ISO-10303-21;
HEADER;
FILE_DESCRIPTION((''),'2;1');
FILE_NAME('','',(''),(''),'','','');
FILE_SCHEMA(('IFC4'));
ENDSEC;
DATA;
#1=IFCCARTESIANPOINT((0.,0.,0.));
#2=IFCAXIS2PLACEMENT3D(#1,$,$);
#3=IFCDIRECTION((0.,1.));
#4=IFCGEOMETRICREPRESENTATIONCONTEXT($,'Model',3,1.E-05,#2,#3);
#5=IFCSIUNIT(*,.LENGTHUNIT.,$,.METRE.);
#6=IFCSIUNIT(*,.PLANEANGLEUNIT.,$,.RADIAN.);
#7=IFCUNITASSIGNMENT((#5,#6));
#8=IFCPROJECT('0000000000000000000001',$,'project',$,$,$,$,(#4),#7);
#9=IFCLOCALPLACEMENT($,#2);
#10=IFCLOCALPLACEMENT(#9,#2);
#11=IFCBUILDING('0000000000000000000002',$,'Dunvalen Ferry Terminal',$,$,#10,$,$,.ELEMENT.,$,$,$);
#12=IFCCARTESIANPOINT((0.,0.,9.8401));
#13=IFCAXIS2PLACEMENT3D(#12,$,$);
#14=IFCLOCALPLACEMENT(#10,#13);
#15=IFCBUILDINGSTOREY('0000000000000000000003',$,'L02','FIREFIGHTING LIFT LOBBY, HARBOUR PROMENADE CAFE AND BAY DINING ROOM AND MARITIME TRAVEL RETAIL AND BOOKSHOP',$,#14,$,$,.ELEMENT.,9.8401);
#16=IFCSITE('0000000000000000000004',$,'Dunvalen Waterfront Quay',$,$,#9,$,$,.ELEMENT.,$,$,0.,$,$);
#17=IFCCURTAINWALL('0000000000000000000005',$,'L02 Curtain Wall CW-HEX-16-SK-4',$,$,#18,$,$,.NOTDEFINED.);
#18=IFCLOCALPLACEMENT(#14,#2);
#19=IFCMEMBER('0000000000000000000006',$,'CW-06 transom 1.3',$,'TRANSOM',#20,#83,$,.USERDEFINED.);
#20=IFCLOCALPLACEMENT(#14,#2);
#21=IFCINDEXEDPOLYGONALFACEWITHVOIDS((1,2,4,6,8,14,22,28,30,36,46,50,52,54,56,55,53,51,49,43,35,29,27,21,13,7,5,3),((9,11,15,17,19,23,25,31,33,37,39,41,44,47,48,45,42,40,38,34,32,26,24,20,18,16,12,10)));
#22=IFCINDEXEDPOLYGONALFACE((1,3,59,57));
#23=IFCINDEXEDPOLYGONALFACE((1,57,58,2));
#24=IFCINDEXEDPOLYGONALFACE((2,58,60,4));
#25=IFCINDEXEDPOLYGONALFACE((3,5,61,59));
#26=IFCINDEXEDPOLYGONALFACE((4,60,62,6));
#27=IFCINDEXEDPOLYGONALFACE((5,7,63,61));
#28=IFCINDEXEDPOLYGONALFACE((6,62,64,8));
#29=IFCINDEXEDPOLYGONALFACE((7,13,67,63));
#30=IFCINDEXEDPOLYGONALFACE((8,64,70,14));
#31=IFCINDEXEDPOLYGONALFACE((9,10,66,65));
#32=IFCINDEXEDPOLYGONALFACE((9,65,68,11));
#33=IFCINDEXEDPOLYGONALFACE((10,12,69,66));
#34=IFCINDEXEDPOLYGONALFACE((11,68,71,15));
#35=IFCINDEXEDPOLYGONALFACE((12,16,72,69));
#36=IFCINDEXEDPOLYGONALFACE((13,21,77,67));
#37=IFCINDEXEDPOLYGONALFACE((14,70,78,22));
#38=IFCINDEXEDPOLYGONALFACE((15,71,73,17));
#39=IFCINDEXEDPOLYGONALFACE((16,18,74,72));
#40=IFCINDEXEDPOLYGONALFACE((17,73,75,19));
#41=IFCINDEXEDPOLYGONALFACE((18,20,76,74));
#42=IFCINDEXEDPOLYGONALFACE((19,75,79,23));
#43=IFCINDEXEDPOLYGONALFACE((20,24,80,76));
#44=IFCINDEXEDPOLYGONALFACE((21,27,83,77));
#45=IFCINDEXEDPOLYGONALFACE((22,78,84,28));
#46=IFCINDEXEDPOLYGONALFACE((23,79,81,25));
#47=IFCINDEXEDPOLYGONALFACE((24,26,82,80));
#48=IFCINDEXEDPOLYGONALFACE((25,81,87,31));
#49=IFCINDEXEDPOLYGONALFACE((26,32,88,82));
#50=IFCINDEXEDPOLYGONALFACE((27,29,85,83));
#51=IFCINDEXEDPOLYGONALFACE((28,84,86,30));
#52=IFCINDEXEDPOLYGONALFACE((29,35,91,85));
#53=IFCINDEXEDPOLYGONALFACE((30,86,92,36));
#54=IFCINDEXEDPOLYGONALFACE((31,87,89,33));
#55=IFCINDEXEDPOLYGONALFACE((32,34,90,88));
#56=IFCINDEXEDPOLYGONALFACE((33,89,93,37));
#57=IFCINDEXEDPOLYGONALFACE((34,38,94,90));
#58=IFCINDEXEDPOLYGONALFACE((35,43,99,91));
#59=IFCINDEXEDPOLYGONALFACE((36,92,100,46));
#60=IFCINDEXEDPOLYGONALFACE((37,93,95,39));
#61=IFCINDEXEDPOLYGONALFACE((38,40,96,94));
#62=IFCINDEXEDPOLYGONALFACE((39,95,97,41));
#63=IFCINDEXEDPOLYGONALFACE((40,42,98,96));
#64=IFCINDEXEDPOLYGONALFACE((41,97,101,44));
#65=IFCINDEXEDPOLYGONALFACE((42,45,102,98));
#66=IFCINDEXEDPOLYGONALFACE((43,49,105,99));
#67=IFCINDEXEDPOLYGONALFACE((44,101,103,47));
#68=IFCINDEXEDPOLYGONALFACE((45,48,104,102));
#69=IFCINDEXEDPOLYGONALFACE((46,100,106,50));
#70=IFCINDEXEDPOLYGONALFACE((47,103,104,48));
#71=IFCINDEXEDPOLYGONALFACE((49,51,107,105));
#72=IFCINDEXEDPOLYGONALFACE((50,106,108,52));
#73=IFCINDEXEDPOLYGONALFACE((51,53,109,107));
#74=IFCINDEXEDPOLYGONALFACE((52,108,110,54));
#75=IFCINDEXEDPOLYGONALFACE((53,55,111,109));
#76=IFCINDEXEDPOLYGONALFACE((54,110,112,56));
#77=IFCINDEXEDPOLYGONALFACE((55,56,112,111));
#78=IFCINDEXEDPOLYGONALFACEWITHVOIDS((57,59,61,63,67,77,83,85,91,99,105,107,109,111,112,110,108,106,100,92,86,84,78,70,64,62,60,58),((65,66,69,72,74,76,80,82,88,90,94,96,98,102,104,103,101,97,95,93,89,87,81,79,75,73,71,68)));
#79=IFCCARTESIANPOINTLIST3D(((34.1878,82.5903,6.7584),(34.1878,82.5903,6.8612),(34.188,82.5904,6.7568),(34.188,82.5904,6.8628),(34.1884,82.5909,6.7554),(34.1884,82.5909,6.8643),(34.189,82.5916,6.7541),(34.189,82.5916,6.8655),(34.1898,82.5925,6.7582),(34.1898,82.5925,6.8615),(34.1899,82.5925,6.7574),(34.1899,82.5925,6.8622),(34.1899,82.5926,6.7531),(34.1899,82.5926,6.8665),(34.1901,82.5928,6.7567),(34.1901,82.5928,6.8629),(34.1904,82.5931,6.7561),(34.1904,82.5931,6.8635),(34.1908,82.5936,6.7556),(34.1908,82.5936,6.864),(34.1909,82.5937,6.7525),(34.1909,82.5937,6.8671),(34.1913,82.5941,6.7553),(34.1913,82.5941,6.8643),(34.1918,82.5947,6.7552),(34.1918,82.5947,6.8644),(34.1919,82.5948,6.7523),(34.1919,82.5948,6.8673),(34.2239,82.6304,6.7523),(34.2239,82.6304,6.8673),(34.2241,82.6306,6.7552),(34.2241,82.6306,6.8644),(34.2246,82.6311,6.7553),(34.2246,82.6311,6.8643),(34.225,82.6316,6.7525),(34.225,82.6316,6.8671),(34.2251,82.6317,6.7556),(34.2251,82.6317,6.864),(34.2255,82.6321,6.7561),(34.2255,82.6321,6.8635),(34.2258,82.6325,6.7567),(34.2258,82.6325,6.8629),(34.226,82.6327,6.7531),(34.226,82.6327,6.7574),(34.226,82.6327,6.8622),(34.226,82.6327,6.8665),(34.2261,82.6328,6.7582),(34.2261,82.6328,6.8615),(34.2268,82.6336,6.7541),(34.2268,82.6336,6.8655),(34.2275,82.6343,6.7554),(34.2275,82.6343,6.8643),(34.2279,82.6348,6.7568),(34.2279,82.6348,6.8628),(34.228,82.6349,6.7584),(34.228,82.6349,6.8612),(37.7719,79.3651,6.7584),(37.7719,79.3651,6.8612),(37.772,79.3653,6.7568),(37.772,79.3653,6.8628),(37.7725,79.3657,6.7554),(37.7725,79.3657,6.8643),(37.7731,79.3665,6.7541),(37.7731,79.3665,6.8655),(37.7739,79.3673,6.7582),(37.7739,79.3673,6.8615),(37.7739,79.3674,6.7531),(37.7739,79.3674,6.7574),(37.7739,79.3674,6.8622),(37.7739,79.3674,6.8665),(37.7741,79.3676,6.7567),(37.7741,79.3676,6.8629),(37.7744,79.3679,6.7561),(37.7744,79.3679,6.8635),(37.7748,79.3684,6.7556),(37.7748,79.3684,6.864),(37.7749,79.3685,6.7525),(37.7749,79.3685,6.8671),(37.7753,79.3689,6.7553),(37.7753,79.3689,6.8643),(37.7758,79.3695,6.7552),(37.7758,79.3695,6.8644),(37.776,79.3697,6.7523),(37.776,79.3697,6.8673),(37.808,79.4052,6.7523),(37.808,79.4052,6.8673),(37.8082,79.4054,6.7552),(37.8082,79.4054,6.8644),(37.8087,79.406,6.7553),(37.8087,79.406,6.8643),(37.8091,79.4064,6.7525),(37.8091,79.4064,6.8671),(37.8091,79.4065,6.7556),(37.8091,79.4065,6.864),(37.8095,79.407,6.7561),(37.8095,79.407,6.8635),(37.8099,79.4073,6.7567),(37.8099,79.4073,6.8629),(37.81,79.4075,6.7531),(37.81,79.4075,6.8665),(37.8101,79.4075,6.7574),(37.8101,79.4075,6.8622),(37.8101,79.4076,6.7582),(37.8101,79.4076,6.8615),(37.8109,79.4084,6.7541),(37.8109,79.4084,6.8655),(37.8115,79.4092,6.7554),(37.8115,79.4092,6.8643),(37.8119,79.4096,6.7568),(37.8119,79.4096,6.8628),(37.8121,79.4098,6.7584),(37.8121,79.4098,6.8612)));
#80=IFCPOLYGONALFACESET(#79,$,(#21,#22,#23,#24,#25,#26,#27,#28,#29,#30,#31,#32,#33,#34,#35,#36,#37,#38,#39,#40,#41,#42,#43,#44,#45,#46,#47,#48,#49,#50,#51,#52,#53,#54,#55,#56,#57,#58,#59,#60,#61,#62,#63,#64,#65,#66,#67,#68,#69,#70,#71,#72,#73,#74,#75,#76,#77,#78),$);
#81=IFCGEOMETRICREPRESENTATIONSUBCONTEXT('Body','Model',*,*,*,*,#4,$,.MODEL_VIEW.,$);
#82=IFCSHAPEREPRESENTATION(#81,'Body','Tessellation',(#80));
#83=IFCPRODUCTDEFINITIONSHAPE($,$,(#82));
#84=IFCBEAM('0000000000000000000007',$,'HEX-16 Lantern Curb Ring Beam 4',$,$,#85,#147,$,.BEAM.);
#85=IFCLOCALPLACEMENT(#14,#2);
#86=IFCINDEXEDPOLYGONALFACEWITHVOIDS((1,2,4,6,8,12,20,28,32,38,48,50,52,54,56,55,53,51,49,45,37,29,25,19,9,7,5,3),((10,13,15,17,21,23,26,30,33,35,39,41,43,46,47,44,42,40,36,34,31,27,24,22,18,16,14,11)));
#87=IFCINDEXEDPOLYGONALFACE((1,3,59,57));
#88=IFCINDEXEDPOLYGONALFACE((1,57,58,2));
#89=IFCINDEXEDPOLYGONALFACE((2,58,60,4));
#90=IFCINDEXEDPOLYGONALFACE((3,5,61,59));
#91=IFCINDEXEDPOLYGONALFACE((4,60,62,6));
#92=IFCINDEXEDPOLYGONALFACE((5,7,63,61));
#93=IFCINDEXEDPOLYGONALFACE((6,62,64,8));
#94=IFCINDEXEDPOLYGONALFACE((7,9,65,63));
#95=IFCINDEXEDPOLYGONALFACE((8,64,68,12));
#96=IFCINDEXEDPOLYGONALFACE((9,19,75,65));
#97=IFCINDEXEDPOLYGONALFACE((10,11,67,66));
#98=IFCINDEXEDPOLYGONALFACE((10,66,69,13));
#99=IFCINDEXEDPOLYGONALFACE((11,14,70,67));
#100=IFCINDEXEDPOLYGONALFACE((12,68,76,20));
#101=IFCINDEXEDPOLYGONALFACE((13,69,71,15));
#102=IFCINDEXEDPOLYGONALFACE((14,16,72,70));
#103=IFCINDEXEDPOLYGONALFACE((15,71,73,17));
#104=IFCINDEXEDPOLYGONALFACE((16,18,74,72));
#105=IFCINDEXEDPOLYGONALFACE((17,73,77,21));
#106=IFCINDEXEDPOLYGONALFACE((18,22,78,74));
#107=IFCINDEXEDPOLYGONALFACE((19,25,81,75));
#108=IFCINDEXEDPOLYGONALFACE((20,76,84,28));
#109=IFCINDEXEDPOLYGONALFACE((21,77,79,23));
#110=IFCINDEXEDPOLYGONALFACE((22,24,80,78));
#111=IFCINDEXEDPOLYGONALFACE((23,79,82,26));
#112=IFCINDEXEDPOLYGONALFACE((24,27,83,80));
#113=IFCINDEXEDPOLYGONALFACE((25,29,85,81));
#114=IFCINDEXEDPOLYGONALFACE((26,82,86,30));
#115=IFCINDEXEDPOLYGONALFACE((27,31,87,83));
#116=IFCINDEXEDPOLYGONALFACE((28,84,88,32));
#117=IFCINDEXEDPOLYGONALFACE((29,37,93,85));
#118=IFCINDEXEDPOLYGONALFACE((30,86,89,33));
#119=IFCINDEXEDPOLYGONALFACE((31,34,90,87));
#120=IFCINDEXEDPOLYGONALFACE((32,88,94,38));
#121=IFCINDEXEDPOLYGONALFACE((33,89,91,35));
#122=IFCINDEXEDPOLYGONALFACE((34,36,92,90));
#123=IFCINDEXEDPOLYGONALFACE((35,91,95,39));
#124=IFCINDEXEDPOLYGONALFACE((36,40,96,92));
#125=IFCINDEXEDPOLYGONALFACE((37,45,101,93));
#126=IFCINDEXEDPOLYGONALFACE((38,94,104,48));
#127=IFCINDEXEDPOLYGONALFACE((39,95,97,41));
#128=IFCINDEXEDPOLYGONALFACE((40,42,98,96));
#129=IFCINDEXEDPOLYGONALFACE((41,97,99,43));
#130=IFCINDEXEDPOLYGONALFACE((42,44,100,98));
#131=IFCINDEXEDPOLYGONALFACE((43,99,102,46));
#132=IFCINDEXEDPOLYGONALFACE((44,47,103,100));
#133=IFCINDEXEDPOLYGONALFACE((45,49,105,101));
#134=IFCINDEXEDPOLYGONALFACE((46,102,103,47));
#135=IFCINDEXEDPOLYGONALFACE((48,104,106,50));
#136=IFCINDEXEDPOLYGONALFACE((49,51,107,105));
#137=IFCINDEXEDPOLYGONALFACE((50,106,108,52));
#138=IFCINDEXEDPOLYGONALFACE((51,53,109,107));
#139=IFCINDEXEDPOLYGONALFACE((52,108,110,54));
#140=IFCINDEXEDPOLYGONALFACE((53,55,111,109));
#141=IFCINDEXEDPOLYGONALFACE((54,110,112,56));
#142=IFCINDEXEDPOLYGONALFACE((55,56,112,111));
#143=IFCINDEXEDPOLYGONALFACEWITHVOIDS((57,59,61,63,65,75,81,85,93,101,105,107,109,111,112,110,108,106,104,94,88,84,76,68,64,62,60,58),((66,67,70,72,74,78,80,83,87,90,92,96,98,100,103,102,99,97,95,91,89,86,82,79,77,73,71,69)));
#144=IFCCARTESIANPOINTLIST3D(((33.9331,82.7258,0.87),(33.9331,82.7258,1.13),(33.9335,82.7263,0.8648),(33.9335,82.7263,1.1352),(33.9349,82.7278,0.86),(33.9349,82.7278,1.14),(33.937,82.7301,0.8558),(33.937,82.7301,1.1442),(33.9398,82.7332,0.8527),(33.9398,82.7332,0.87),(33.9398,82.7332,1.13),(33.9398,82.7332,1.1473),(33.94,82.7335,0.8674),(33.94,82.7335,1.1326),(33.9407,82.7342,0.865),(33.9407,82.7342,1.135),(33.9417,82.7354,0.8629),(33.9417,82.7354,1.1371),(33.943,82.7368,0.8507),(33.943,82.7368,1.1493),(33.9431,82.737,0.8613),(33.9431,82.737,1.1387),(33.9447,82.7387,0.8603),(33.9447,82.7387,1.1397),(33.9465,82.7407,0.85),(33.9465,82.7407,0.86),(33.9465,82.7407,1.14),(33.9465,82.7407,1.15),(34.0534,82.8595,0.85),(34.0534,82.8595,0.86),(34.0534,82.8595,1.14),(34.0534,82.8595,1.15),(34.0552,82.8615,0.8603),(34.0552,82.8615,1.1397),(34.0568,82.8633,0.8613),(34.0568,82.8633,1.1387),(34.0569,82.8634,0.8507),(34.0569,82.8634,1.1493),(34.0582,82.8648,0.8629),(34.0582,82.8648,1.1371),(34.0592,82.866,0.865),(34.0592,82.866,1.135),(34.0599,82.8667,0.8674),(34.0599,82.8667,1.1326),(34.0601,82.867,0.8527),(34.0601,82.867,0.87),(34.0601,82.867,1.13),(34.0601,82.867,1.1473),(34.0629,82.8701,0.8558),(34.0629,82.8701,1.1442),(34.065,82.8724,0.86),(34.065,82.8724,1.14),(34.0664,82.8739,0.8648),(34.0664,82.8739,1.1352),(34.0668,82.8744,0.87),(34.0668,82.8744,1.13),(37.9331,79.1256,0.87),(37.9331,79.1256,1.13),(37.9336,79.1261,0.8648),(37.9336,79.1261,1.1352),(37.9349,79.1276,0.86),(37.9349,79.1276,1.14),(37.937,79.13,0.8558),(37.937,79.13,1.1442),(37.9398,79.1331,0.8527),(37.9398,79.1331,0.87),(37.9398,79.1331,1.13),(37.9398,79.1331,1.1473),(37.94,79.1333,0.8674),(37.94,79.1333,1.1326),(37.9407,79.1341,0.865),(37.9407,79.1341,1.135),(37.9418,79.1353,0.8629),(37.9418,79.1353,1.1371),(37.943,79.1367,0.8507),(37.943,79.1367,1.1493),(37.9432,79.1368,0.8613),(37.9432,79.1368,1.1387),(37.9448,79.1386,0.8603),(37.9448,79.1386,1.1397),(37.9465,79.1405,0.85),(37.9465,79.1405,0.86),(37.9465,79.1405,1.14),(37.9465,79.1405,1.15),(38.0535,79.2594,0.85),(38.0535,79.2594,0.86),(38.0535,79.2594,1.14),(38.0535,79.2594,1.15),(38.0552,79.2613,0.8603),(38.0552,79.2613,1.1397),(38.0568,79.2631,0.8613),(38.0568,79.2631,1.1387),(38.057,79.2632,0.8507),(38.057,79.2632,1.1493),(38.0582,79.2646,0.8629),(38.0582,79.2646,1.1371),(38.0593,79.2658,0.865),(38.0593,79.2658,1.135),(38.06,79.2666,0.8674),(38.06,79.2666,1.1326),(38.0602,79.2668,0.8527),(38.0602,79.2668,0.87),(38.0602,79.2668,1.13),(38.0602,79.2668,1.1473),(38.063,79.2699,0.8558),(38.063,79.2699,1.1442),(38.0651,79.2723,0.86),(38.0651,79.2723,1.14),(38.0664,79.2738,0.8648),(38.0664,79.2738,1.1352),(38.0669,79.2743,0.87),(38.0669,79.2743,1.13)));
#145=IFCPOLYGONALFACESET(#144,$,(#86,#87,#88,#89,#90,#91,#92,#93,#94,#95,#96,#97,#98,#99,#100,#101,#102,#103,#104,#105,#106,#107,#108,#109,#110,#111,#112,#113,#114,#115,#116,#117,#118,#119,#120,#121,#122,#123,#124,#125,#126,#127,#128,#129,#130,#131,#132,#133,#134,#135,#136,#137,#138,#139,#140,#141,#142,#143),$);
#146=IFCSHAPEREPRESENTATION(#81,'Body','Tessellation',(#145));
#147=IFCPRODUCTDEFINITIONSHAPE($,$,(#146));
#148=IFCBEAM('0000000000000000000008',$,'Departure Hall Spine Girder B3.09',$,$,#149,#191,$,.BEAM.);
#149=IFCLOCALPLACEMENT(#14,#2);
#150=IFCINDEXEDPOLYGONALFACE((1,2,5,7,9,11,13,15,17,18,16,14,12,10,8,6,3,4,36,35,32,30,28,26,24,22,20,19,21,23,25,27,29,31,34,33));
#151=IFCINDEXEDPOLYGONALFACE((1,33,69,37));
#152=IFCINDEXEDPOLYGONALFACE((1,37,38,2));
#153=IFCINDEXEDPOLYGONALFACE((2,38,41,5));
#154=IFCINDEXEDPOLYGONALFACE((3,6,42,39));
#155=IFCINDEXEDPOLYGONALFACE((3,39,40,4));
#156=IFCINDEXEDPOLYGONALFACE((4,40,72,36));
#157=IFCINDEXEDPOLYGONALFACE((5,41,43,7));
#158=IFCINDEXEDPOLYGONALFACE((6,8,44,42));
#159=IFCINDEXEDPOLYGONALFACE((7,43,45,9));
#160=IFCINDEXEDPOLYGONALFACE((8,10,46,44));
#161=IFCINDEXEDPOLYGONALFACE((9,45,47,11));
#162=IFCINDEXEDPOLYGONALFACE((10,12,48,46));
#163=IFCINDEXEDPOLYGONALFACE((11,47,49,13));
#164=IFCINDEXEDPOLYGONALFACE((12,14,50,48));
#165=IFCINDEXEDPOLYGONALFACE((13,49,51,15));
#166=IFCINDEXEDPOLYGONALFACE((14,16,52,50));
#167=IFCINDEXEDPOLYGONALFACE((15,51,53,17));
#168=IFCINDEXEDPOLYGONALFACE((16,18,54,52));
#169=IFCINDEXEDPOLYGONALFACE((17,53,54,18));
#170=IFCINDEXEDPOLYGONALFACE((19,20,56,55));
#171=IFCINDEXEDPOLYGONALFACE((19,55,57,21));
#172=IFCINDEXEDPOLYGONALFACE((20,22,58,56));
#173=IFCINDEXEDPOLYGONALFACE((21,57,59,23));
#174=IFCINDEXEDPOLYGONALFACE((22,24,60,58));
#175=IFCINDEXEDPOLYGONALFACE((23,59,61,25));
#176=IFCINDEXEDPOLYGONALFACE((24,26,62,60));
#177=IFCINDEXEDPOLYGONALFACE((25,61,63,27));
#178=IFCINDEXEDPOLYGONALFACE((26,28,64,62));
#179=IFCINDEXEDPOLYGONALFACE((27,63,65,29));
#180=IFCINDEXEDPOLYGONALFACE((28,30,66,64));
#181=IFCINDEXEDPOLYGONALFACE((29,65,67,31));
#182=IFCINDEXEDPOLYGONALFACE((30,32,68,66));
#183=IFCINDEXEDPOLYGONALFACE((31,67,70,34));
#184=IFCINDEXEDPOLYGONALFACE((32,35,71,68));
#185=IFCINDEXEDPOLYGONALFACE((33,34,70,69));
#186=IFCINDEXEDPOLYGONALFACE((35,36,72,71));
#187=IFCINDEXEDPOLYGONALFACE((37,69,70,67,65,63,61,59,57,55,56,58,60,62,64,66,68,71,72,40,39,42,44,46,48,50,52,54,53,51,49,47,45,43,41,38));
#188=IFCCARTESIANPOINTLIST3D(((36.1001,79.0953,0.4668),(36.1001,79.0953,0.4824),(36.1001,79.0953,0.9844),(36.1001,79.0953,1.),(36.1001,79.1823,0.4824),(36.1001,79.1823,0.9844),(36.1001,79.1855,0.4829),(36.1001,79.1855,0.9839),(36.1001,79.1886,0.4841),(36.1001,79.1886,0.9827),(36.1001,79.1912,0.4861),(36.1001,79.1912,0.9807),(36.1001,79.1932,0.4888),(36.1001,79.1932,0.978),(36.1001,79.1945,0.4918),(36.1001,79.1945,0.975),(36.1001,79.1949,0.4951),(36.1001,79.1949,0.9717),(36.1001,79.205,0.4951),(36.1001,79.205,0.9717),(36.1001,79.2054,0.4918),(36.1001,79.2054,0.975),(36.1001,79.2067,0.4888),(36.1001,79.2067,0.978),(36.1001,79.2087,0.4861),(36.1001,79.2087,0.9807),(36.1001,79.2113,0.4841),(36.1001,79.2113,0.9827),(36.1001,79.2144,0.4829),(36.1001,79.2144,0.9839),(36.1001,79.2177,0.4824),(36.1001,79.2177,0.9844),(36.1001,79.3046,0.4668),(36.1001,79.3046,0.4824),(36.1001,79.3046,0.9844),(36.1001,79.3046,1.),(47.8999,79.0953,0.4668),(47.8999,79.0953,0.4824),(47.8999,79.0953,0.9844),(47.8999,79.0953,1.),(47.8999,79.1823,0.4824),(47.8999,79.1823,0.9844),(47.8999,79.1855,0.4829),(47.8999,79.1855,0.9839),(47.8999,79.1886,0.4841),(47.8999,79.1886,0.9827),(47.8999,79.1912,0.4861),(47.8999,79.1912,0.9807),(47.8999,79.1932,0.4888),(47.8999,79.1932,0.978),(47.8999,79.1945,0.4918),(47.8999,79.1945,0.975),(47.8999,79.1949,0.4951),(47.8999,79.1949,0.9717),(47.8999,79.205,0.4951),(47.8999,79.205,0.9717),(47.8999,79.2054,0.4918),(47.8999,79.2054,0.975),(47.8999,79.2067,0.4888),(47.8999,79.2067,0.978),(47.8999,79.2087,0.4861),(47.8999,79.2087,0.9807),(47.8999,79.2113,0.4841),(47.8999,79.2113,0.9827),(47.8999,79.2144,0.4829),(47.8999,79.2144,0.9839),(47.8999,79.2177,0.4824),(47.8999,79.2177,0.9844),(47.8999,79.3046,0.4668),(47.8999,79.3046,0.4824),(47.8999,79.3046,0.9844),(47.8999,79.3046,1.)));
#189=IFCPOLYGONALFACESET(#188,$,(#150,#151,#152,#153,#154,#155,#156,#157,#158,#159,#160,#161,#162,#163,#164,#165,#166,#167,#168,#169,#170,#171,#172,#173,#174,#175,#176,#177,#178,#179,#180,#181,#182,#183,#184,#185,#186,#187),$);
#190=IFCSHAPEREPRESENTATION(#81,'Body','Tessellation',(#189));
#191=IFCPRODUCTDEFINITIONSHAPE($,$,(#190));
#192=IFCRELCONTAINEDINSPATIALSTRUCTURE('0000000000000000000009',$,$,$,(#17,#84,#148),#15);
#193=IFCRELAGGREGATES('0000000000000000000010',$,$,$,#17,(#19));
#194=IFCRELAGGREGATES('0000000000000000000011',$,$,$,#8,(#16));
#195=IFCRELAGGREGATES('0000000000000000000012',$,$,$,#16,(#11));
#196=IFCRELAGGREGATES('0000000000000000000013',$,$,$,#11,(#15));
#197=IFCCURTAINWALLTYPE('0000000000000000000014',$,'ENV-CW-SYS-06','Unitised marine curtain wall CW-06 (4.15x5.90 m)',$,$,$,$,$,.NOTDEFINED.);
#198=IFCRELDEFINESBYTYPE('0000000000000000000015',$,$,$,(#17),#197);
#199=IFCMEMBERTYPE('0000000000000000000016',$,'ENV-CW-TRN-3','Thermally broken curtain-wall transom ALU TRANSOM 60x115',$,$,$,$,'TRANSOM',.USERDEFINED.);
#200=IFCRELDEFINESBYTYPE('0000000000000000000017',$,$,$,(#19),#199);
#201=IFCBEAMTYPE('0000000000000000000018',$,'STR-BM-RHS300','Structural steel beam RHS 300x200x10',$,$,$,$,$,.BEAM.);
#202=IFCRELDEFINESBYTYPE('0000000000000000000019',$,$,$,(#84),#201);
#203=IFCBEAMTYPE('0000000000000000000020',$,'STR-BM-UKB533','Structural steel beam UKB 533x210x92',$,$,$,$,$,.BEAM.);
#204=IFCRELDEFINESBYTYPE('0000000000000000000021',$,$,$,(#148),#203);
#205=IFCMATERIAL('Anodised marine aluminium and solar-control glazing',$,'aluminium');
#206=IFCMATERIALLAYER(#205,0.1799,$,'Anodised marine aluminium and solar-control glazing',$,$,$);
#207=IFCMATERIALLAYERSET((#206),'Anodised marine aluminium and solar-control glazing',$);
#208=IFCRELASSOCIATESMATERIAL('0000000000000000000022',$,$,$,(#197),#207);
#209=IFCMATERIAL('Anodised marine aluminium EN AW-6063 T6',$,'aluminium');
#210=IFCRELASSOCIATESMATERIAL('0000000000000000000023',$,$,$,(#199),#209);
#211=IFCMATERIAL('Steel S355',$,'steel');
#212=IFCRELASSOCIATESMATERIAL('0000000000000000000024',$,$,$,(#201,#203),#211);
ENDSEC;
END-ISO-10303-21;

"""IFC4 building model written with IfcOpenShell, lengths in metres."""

from ifc_helpers import new_model, si_unit, direction, frame, origin, origin_2d, place, context, subcontext, project, spatial, hollow_rectangle, i_section, extrude, material, layer, layer_set, material_profile, profile_set, type_object, element, aggregate, save


model = new_model("IFC4")

# Units and contexts
model_context = context("Model", 3, precision=1e-05, world=origin(), true_north=direction((0.0, 1.0)))
body_context = subcontext(model_context, "Body", "Model", "MODEL_VIEW")
ifc_project = project(units=[si_unit("LENGTHUNIT", "METRE"), si_unit("PLANEANGLEUNIT", "RADIAN")], contexts=[model_context])

# Site, building, storey
site_placement = place(None, origin())
site = spatial("IfcSite", under=ifc_project, at=site_placement, Name="Dunvalen Waterfront Quay", CompositionType="ELEMENT", RefElevation=0.0)
building_placement = place(site_placement, origin())
building = spatial("IfcBuilding", under=site, at=building_placement, Name="Dunvalen Ferry Terminal", CompositionType="ELEMENT")
storey_placement = place(building_placement, frame((0.0, 0.0, 9.8401)))
storey = spatial("IfcBuildingStorey", under=building, at=storey_placement, Name="L02", Description="FIREFIGHTING LIFT LOBBY, HARBOUR PROMENADE CAFE AND BAY DINING ROOM AND MARITIME TRAVEL RETAIL AND BOOKSHOP", CompositionType="ELEMENT", Elevation=9.8401)

# Shared definitions
ifc_material_1 = material(Name="Anodised marine aluminium and solar-control glazing", Category="aluminium")
ifc_material_2 = material(Name="Anodised marine aluminium EN AW-6063 T6", Category="aluminium")

# Curtain wall
ifc_layer_1 = layer(ifc_material_1, 0.1799, Name="Anodised marine aluminium and solar-control glazing")
ifc_layer_set_1 = layer_set([ifc_layer_1], Name="Anodised marine aluminium and solar-control glazing")
curtain_wall_type_1 = type_object("IfcCurtainWallType", Name="ENV-CW-SYS-06", Description="Unitised marine curtain wall CW-06 (4.15x5.90 m)", PredefinedType="NOTDEFINED", material=ifc_layer_set_1)
curtain_wall_1_placement = place(storey_placement, origin())
curtain_wall_1 = element("IfcCurtainWall", 1, at=curtain_wall_1_placement, inside=storey, type_object=curtain_wall_type_1, Name="L02 Curtain Wall CW-HEX-16-SK-4", PredefinedType="NOTDEFINED")

# Member
ifc_material_profile_1 = material_profile(ifc_material_2, hollow_rectangle(XDim=0.0601, YDim=0.115, WallThickness=0.0029, InnerFilletRadius=0.0029, OuterFilletRadius=0.0061, at=origin_2d()), Name="Anodised marine aluminium EN AW-6063 T6")
ifc_profile_set_1 = profile_set([ifc_material_profile_1], Name="Anodised marine aluminium EN AW-6063 T6")
member_type_1 = type_object("IfcMemberType", Name="ENV-CW-TRN-3", Description="Thermally broken curtain-wall transom ALU TRANSOM 60x115", ElementType="TRANSOM", PredefinedType="USERDEFINED", material=ifc_profile_set_1)
member_1_placement = place(storey_placement, frame((37.792, 79.3875, 6.8098), z_axis=(-0.743345, 0.668909, 0.0), x_axis=(-0.668909, -0.743345, 0.0)))
member_1 = element("IfcMember", 2, at=member_1_placement, type_object=member_type_1, Name="CW-06 transom 1.3", ObjectType="TRANSOM", PredefinedType="USERDEFINED", context=body_context, shape_type="SweptSolid", body=[
    extrude(hollow_rectangle(XDim=0.0601, YDim=0.115, WallThickness=0.0029, InnerFilletRadius=0.0029, OuterFilletRadius=0.0061, at=origin_2d()), origin(), (0.0, 0.0, 1.0), 4.8215),
])
aggregate(curtain_wall_1, [member_1])

# Beams
ifc_material_3 = material(Name="Steel S355", Category="steel")
ifc_material_profile_2 = material_profile(ifc_material_3, hollow_rectangle(XDim=0.2, YDim=0.3, WallThickness=0.01, InnerFilletRadius=0.01, OuterFilletRadius=0.02, at=origin_2d()), Name="Steel S355")
ifc_profile_set_2 = profile_set([ifc_material_profile_2], Name="Steel S355")
beam_type_1 = type_object("IfcBeamType", Name="STR-BM-RHS300", Description="Structural steel beam RHS 300x200x10", PredefinedType="BEAM", material=ifc_profile_set_2)
beam_1_placement = place(storey_placement, frame((38.0, 79.2, 1.0), z_axis=(-0.743285, 0.668975, 0.0), x_axis=(-0.668975, -0.743285, 0.0)))
element("IfcBeam", 3, at=beam_1_placement, inside=storey, type_object=beam_type_1, Name="HEX-16 Lantern Curb Ring Beam 4", PredefinedType="BEAM", context=body_context, shape_type="SweptSolid", body=[
    extrude(hollow_rectangle(XDim=0.2, YDim=0.3, WallThickness=0.01, InnerFilletRadius=0.01, OuterFilletRadius=0.02, at=origin_2d()), origin(), (0.0, 0.0, 1.0), 5.3816),
])
ifc_material_profile_3 = material_profile(ifc_material_3, i_section(OverallWidth=0.2092, OverallDepth=0.5332, WebThickness=0.01, FlangeThickness=0.0156, FilletRadius=0.0127, at=origin_2d()), Name="Steel S355")
ifc_profile_set_3 = profile_set([ifc_material_profile_3], Name="Steel S355")
beam_type_2 = type_object("IfcBeamType", Name="STR-BM-UKB533", Description="Structural steel beam UKB 533x210x92", PredefinedType="BEAM", material=ifc_profile_set_3)
beam_2_placement = place(storey_placement, frame((36.1001, 79.2, 0.7334), z_axis=(1.0, 0.0, 0.0), x_axis=(0.0, 1.0, 0.0)))
element("IfcBeam", 4, at=beam_2_placement, inside=storey, type_object=beam_type_2, Name="Departure Hall Spine Girder B3.09", PredefinedType="BEAM", context=body_context, shape_type="SweptSolid", body=[
    extrude(i_section(OverallWidth=0.2092, OverallDepth=0.5332, WebThickness=0.01, FlangeThickness=0.0156, FilletRadius=0.0127, at=origin_2d()), origin(), (0.0, 0.0, 1.0), 11.7998),
])

save(model, "model.ifc")
